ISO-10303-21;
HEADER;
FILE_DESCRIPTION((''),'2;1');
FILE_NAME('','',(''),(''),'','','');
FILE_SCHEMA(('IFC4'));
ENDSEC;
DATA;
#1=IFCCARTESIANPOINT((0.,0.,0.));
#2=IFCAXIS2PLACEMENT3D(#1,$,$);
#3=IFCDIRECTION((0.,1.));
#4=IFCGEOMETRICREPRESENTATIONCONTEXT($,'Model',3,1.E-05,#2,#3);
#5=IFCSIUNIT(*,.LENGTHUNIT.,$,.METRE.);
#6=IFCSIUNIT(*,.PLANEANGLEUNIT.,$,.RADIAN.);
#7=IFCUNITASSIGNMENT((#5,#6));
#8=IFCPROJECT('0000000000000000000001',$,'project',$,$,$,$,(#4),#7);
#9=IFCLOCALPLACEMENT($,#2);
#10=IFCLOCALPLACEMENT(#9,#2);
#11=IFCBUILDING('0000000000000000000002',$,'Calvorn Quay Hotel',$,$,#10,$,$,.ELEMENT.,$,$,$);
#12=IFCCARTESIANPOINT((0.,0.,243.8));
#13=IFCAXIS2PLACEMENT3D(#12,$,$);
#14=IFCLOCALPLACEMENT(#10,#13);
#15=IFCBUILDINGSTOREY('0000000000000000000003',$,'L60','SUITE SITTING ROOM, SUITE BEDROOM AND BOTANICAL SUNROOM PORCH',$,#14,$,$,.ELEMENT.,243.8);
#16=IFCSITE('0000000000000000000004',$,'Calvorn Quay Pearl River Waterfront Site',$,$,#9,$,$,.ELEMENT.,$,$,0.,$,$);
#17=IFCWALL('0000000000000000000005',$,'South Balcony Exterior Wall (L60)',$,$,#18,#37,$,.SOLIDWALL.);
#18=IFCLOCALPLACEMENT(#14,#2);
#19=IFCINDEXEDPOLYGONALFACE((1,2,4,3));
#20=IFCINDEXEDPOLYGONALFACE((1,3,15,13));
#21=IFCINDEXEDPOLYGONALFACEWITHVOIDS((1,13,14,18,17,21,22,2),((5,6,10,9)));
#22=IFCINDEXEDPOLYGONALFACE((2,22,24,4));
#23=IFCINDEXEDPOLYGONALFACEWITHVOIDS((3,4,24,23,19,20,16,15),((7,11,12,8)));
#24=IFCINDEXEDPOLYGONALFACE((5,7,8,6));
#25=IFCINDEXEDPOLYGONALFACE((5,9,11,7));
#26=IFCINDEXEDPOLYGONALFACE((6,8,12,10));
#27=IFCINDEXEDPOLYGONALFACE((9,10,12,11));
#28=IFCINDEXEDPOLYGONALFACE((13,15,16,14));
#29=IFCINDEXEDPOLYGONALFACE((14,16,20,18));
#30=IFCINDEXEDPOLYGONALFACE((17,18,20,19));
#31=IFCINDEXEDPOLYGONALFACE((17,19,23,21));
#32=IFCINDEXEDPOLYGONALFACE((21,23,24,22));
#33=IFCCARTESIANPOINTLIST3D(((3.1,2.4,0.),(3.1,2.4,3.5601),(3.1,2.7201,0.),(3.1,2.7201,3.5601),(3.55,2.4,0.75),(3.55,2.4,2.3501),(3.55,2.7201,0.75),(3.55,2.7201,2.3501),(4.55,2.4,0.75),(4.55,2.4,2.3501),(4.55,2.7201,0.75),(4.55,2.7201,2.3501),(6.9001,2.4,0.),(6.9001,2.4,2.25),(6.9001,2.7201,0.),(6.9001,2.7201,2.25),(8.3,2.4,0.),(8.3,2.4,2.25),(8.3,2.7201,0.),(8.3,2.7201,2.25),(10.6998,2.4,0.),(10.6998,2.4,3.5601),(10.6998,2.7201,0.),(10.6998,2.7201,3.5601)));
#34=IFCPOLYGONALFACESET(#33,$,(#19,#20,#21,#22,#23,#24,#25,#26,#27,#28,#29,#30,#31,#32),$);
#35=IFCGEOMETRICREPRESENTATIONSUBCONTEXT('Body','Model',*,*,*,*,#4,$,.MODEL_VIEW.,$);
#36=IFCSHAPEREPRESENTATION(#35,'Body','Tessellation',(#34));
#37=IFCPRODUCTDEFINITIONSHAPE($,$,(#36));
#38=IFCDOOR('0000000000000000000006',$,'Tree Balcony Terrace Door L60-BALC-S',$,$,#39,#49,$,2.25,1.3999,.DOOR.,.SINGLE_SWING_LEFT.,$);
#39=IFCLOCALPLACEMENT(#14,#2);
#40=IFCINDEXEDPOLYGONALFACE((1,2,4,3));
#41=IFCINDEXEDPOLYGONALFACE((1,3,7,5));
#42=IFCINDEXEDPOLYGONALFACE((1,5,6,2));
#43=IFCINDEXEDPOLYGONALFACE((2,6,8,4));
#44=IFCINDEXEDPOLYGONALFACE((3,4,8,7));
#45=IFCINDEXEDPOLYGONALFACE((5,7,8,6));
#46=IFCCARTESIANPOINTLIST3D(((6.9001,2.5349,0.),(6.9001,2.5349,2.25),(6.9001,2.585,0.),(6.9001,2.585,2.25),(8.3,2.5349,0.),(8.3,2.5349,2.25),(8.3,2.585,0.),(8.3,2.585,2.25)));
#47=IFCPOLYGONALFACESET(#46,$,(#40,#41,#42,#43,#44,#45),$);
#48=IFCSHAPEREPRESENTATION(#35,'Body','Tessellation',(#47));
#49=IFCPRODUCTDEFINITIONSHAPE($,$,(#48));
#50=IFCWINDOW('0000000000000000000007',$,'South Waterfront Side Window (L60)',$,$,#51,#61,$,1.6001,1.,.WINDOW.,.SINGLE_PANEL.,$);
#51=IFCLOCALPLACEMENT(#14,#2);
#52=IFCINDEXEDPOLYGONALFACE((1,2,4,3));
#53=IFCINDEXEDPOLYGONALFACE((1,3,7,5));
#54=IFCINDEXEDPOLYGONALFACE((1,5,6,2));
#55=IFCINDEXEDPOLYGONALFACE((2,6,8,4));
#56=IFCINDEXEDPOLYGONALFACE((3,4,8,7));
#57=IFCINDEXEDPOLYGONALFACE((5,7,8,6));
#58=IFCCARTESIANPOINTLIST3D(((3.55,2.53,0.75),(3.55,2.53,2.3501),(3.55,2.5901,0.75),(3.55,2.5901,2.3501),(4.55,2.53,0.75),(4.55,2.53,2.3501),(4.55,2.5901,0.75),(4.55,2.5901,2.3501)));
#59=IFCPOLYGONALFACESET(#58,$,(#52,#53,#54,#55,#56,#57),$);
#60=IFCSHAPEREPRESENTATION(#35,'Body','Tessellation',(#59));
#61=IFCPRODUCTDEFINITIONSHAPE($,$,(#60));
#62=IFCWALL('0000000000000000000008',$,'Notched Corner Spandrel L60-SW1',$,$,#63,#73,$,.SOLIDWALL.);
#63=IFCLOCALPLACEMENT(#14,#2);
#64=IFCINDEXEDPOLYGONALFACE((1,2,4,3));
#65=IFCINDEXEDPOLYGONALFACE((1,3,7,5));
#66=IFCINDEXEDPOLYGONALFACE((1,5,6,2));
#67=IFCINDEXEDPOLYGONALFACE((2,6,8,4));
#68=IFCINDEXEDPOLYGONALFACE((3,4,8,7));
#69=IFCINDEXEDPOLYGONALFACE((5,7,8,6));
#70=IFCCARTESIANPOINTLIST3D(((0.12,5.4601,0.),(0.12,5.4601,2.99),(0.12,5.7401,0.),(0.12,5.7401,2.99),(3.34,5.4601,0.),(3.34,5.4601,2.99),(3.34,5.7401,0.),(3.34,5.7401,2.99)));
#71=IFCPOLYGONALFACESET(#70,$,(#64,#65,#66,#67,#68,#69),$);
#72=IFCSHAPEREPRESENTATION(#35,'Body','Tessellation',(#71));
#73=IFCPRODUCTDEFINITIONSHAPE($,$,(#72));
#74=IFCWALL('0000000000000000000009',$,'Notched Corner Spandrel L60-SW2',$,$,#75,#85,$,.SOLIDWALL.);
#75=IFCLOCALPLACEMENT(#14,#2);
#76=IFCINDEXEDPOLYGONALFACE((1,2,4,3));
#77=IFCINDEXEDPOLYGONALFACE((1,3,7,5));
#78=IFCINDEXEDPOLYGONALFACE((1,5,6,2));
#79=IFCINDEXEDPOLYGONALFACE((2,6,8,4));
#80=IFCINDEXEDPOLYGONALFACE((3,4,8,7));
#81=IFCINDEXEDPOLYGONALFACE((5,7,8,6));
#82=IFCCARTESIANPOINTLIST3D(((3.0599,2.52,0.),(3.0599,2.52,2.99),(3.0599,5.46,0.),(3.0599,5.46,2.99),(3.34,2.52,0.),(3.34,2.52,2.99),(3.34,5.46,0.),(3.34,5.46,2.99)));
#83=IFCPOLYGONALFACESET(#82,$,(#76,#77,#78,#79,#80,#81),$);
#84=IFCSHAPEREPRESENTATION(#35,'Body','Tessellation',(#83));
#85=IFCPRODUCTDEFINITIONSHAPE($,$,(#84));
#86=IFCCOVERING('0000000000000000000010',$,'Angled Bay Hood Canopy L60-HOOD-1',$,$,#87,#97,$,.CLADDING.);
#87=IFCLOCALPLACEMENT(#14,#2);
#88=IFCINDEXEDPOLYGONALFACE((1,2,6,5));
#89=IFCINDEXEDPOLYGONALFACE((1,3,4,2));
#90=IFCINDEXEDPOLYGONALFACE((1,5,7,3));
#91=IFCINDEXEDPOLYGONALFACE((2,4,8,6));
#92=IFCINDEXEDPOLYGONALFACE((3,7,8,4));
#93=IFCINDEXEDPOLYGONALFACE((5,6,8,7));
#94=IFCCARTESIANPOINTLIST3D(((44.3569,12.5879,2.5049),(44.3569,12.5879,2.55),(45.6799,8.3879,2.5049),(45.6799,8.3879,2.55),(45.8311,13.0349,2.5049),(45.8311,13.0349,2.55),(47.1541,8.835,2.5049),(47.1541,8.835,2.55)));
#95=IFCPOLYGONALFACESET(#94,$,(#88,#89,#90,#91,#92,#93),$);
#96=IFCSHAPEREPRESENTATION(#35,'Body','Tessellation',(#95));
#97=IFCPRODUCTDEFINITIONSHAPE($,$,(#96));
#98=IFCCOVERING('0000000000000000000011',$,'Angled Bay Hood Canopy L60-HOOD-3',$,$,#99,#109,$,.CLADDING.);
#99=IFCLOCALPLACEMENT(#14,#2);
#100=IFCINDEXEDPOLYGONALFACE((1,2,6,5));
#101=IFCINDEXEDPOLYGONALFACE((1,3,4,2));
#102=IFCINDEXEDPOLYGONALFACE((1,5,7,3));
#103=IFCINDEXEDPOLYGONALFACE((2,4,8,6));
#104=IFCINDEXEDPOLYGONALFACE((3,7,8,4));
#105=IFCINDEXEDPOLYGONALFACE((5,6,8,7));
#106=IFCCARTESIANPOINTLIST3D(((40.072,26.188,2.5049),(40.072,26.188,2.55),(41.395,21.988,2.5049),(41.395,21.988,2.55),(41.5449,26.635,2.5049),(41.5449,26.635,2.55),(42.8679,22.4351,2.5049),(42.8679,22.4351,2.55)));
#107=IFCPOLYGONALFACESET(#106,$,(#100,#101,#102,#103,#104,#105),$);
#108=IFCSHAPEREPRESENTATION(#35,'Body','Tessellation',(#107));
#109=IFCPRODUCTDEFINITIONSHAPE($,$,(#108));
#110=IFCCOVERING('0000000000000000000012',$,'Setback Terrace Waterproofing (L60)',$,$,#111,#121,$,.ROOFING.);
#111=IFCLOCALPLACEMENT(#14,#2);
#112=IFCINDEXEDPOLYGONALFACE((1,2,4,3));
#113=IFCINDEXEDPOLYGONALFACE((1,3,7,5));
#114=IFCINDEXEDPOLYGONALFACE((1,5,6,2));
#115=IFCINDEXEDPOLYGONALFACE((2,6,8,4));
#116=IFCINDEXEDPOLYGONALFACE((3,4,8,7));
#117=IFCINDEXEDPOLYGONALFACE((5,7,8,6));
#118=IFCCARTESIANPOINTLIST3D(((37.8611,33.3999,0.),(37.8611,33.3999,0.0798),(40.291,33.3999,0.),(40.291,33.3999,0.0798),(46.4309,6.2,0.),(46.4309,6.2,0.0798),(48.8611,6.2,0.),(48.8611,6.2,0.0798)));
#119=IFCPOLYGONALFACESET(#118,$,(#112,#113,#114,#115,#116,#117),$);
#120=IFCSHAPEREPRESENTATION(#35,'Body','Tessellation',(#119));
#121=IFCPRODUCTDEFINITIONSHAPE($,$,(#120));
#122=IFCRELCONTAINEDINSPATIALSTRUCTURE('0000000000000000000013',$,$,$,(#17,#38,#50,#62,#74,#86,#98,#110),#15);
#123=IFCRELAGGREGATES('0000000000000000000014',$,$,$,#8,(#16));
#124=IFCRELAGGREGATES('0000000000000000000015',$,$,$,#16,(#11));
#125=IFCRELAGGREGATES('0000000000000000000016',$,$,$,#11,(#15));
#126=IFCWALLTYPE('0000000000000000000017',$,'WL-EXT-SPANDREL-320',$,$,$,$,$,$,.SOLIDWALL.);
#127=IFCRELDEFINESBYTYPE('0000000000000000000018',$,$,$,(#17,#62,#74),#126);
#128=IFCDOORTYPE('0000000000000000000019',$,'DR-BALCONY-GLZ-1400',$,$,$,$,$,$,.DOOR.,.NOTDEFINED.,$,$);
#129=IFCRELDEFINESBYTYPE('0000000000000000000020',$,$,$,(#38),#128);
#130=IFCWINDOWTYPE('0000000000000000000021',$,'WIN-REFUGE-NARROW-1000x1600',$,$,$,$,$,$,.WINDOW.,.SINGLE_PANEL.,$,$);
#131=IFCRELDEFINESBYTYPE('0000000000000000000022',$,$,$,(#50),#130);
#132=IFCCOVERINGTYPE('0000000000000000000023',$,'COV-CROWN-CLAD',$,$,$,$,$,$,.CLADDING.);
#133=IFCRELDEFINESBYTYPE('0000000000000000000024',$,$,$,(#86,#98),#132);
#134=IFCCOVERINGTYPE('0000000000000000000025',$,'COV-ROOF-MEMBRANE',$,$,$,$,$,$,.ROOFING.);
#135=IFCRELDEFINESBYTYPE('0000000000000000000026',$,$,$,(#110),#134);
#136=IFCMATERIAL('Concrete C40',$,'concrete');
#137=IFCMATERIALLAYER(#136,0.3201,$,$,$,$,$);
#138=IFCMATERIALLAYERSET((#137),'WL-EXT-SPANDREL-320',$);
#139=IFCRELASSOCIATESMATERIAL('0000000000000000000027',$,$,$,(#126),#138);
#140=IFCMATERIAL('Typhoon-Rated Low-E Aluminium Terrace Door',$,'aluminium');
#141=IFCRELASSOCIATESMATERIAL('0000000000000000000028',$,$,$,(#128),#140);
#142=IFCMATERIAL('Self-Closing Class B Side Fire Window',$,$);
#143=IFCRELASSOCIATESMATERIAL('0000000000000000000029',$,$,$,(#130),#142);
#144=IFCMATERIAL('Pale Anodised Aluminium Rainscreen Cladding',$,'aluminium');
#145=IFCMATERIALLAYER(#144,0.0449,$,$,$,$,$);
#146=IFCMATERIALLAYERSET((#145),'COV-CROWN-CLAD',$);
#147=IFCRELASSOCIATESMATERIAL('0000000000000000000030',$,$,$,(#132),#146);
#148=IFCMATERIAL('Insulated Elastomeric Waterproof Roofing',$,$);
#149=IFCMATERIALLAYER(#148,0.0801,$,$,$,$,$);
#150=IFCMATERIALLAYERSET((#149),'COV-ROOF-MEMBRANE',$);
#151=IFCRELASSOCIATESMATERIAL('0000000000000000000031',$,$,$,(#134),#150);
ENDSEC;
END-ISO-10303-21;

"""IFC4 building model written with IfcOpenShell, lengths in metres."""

from ifc_helpers import new_model, si_unit, direction, frame, frame_2d, origin, place, context, subcontext, project, spatial, polyline, rectangle, outline, extrude, material, layer, layer_set, type_object, element, fill, save


model = new_model("IFC4")

# Units and contexts
model_context = context("Model", 3, precision=1e-05, world=origin(), true_north=direction((0.0, 1.0)))
body_context = subcontext(model_context, "Body", "Model", "MODEL_VIEW")
ifc_project = project(units=[si_unit("LENGTHUNIT", "METRE"), si_unit("PLANEANGLEUNIT", "RADIAN")], contexts=[model_context])

# Site, building, storey
site_placement = place(None, origin())
site = spatial("IfcSite", under=ifc_project, at=site_placement, Name="Calvorn Quay Pearl River Waterfront Site", CompositionType="ELEMENT", RefElevation=0.0)
building_placement = place(site_placement, origin())
building = spatial("IfcBuilding", under=site, at=building_placement, Name="Calvorn Quay Hotel", CompositionType="ELEMENT")
storey_placement = place(building_placement, frame((0.0, 0.0, 243.8)))
storey = spatial("IfcBuildingStorey", under=building, at=storey_placement, Name="L60", Description="SUITE SITTING ROOM, SUITE BEDROOM AND BOTANICAL SUNROOM PORCH", CompositionType="ELEMENT", Elevation=243.8)

# Wall, openings, door, window
ifc_material_1 = material(Name="Concrete C40", Category="concrete")
ifc_layer_1 = layer(ifc_material_1, 0.3201)
ifc_layer_set_1 = layer_set([ifc_layer_1], Name="WL-EXT-SPANDREL-320")
wall_type = type_object("IfcWallType", Name="WL-EXT-SPANDREL-320", PredefinedType="SOLIDWALL", material=ifc_layer_set_1)
wall_1_placement = place(storey_placement, frame((3.1001, 2.5601, 0.0), z_axis=(0.0, 0.0, 1.0), x_axis=(1.0, 0.0, 0.0)))
wall_1 = element("IfcWall", 1, at=wall_1_placement, inside=storey, type_object=wall_type, Name="South Balcony Exterior Wall (L60)", PredefinedType="SOLIDWALL", context=body_context, shape_type="SweptSolid", body=[
    extrude(rectangle(XDim=7.5999, YDim=0.3201, at=frame_2d((3.7998, 0.0))), origin(), (0.0, 0.0, 1.0), 3.5601),
])
opening_1_placement = place(wall_1_placement, frame((0.45, 0.0, 0.75)))
opening_1 = element("IfcOpeningElement", 2, at=opening_1_placement, cuts=wall_1, PredefinedType="OPENING", context=body_context, shape_type="SweptSolid", body=[
    extrude(rectangle(XDim=1.0, YDim=1.6001, at=frame_2d((0.5, 0.8))), frame((0.0, 0.1699, 0.0), z_axis=(0.0, -1.0, 0.0), x_axis=(1.0, 0.0, 0.0)), (0.0, 0.0, 1.0), 0.3401),
])
opening_2_placement = place(wall_1_placement, frame((3.8, 0.0, 0.0)))
opening_2 = element("IfcOpeningElement", 3, at=opening_2_placement, cuts=wall_1, PredefinedType="OPENING", context=body_context, shape_type="SweptSolid", body=[
    extrude(rectangle(XDim=1.3999, YDim=2.25, at=frame_2d((0.7, 1.125))), frame((0.0, 0.1699, 0.0), z_axis=(0.0, -1.0, 0.0), x_axis=(1.0, 0.0, 0.0)), (0.0, 0.0, 1.0), 0.3401),
])
ifc_material_2 = material(Name="Typhoon-Rated Low-E Aluminium Terrace Door", Category="aluminium")
door_type = type_object("IfcDoorType", Name="DR-BALCONY-GLZ-1400", OperationType="NOTDEFINED", PredefinedType="DOOR", material=ifc_material_2)
door_placement = place(opening_2_placement, origin())
door = element("IfcDoor", 4, at=door_placement, inside=storey, type_object=door_type, Name="Tree Balcony Terrace Door L60-BALC-S", OperationType="SINGLE_SWING_LEFT", OverallHeight=2.25, OverallWidth=1.3999, PredefinedType="DOOR", context=body_context, shape_type="SweptSolid", body=[
    extrude(rectangle(XDim=1.3999, YDim=2.25, at=frame_2d((0.7, 1.125))), frame((0.0, 0.0249, 0.0), z_axis=(0.0, -1.0, 0.0), x_axis=(1.0, 0.0, 0.0)), (0.0, 0.0, 1.0), 0.05),
])
fill(opening_2, door)
ifc_material_3 = material(Name="Self-Closing Class B Side Fire Window")
window_type = type_object("IfcWindowType", Name="WIN-REFUGE-NARROW-1000x1600", PartitioningType="SINGLE_PANEL", PredefinedType="WINDOW", material=ifc_material_3)
window_placement = place(opening_1_placement, origin())
window = element("IfcWindow", 5, at=window_placement, inside=storey, type_object=window_type, Name="South Waterfront Side Window (L60)", OverallHeight=1.6001, OverallWidth=1.0, PartitioningType="SINGLE_PANEL", PredefinedType="WINDOW", context=body_context, shape_type="SweptSolid", body=[
    extrude(rectangle(XDim=1.0, YDim=1.6001, at=frame_2d((0.5, 0.8))), frame((0.0, 0.03, 0.0), z_axis=(0.0, -1.0, 0.0), x_axis=(1.0, 0.0, 0.0)), (0.0, 0.0, 1.0), 0.0601),
])
fill(opening_1, window)

# Walls
wall_2_placement = place(storey_placement, frame((0.1201, 5.6001, 0.0), z_axis=(0.0, 0.0, 1.0), x_axis=(1.0, 0.0, 0.0)))
element("IfcWall", 6, at=wall_2_placement, inside=storey, type_object=wall_type, Name="Notched Corner Spandrel L60-SW1", PredefinedType="SOLIDWALL", context=body_context, shape_type="SweptSolid", body=[
    extrude(rectangle(XDim=3.22, YDim=0.28, at=frame_2d((1.6099, 0.0))), origin(), (0.0, 0.0, 1.0), 2.99),
])
wall_3_placement = place(storey_placement, frame((3.2, 5.46, 0.0), z_axis=(0.0, 0.0, 1.0), x_axis=(0.0, -1.0, 0.0)))
element("IfcWall", 7, at=wall_3_placement, inside=storey, type_object=wall_type, Name="Notched Corner Spandrel L60-SW2", PredefinedType="SOLIDWALL", context=body_context, shape_type="SweptSolid", body=[
    extrude(rectangle(XDim=2.9399, YDim=0.28, at=frame_2d((1.47, 0.0))), origin(), (0.0, 0.0, 1.0), 2.99),
])

# Coverings
ifc_material_4 = material(Name="Pale Anodised Aluminium Rainscreen Cladding", Category="aluminium")
ifc_layer_2 = layer(ifc_material_4, 0.0449)
ifc_layer_set_2 = layer_set([ifc_layer_2], Name="COV-CROWN-CLAD")
covering_type_1 = type_object("IfcCoveringType", Name="COV-CROWN-CLAD", PredefinedType="CLADDING", material=ifc_layer_set_2)
covering_1_placement = place(storey_placement, frame((0.0, 0.0, 2.5049)))
element("IfcCovering", 8, at=covering_1_placement, inside=storey, type_object=covering_type_1, Name="Angled Bay Hood Canopy L60-HOOD-1", PredefinedType="CLADDING", context=body_context, shape_type="SweptSolid", body=[
    extrude(outline(polyline([(44.3569, 12.5879), (45.8311, 13.0349), (47.1541, 8.835), (45.6799, 8.3879), (44.3569, 12.5879)])), origin(), (0.0, 0.0, 1.0), 0.0452),
])
covering_2_placement = place(storey_placement, frame((0.0, 0.0, 2.5049)))
element("IfcCovering", 9, at=covering_2_placement, inside=storey, type_object=covering_type_1, Name="Angled Bay Hood Canopy L60-HOOD-3", PredefinedType="CLADDING", context=body_context, shape_type="SweptSolid", body=[
    extrude(outline(polyline([(40.072, 26.188), (41.5449, 26.635), (42.8679, 22.4351), (41.395, 21.988), (40.072, 26.188)])), origin(), (0.0, 0.0, 1.0), 0.0452),
])
ifc_material_5 = material(Name="Insulated Elastomeric Waterproof Roofing")
ifc_layer_3 = layer(ifc_material_5, 0.0801)
ifc_layer_set_3 = layer_set([ifc_layer_3], Name="COV-ROOF-MEMBRANE")
covering_type_2 = type_object("IfcCoveringType", Name="COV-ROOF-MEMBRANE", PredefinedType="ROOFING", material=ifc_layer_set_3)
covering_3_placement = place(storey_placement, origin())
element("IfcCovering", 10, at=covering_3_placement, inside=storey, type_object=covering_type_2, Name="Setback Terrace Waterproofing (L60)", PredefinedType="ROOFING", context=body_context, shape_type="SweptSolid", body=[
    extrude(outline(polyline([(46.4309, 6.2), (48.8611, 6.2), (40.291, 33.3999), (37.8611, 33.3999), (46.4309, 6.2)])), origin(), (0.0, 0.0, 1.0), 0.0798),
])

save(model, "model.ifc")
